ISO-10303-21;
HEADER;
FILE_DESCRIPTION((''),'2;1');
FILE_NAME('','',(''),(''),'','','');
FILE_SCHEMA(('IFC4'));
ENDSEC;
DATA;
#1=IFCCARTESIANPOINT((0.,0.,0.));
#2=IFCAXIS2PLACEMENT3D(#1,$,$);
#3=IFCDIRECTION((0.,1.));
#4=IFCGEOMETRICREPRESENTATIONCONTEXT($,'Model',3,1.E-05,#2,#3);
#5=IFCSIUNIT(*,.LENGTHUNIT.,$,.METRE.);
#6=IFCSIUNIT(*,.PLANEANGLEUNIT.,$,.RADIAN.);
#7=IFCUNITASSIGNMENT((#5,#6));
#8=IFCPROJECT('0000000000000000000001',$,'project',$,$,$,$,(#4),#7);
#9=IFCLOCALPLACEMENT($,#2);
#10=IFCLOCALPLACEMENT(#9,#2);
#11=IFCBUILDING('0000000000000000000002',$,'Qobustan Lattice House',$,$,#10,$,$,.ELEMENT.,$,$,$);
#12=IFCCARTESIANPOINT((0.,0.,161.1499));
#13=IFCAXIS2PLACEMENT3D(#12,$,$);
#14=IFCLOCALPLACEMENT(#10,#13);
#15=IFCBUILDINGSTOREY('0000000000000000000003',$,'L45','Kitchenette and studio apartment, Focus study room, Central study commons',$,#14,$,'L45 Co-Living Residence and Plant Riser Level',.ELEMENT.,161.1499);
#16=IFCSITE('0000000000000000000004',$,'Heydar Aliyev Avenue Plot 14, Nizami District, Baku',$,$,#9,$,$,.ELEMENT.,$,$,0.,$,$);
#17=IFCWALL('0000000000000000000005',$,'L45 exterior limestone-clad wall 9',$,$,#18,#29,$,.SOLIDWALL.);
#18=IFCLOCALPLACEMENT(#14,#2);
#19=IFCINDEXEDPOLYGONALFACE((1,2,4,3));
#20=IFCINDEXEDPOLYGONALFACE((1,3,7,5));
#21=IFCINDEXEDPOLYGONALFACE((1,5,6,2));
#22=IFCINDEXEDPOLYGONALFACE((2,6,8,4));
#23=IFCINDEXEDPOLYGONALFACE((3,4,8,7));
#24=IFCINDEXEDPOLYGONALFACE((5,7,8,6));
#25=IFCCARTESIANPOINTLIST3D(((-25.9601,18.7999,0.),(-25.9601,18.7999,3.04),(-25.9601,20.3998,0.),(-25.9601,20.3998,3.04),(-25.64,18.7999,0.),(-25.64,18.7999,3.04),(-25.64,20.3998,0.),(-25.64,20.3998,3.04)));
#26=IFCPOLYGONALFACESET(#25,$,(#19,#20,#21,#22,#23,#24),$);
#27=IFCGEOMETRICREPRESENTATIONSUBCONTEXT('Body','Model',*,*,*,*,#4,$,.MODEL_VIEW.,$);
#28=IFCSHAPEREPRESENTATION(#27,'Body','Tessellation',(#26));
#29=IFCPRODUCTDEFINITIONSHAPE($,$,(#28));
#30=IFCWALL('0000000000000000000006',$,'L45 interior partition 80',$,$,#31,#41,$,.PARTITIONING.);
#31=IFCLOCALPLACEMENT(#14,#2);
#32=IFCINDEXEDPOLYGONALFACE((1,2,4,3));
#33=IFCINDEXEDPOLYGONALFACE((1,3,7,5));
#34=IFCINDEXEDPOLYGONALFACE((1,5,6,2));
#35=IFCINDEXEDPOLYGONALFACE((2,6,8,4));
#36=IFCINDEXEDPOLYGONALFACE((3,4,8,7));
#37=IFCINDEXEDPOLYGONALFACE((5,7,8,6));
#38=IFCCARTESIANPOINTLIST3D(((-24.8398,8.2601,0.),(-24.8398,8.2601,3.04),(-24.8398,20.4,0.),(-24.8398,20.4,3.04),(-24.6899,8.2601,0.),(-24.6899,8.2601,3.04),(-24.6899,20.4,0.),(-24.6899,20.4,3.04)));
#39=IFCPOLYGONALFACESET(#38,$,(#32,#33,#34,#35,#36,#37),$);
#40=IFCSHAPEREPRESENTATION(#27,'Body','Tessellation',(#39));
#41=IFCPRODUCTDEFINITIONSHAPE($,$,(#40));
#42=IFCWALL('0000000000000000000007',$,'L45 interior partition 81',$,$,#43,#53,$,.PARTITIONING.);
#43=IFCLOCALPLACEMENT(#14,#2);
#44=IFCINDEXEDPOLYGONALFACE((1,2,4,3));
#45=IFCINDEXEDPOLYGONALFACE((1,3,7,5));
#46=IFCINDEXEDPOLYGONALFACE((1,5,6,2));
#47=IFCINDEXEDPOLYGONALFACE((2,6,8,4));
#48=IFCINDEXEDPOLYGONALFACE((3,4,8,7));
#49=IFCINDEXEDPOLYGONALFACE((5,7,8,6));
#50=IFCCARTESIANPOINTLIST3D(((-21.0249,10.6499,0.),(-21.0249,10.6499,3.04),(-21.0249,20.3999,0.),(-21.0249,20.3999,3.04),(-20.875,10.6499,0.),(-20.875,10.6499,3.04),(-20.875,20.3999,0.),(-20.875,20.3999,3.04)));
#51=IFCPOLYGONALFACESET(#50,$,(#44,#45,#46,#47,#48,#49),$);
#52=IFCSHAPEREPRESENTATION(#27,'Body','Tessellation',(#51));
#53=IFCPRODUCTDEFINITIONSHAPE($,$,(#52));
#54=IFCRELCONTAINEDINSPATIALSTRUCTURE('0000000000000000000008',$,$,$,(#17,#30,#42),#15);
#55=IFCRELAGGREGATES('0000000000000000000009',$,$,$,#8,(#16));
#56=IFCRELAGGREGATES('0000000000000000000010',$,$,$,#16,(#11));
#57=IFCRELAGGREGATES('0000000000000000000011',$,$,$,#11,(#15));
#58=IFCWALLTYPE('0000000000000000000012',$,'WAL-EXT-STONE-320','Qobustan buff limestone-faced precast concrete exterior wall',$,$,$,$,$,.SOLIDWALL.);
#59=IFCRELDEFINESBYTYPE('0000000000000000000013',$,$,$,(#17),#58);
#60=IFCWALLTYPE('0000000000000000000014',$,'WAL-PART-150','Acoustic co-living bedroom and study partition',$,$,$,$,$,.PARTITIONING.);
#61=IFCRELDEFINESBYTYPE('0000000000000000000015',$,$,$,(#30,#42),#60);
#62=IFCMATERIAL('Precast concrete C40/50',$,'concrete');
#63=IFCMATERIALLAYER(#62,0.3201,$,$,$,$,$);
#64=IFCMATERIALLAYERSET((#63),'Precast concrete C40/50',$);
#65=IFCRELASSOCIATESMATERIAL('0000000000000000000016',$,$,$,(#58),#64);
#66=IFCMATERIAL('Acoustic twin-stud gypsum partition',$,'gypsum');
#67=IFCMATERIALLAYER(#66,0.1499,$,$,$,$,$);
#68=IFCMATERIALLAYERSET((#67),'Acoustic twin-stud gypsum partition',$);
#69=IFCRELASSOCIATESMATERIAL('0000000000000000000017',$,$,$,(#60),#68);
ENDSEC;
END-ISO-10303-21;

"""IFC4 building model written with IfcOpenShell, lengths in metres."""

from ifc_helpers import new_model, si_unit, direction, frame, frame_2d, origin, place, context, subcontext, project, spatial, rectangle, extrude, material, layer, layer_set, type_object, element, save


model = new_model("IFC4")

# Units and contexts
model_context = context("Model", 3, precision=1e-05, world=origin(), true_north=direction((0.0, 1.0)))
body_context = subcontext(model_context, "Body", "Model", "MODEL_VIEW")
ifc_project = project(units=[si_unit("LENGTHUNIT", "METRE"), si_unit("PLANEANGLEUNIT", "RADIAN")], contexts=[model_context])

# Site, building, storey
site_placement = place(None, origin())
site = spatial("IfcSite", under=ifc_project, at=site_placement, Name="Heydar Aliyev Avenue Plot 14, Nizami District, Baku", CompositionType="ELEMENT", RefElevation=0.0)
building_placement = place(site_placement, origin())
building = spatial("IfcBuilding", under=site, at=building_placement, Name="Qobustan Lattice House", CompositionType="ELEMENT")
storey_placement = place(building_placement, frame((0.0, 0.0, 161.1499)))
storey = spatial("IfcBuildingStorey", under=building, at=storey_placement, Name="L45", Description="Kitchenette and studio apartment, Focus study room, Central study commons", LongName="L45 Co-Living Residence and Plant Riser Level", CompositionType="ELEMENT", Elevation=161.1499)

# Wall
ifc_material_1 = material(Name="Precast concrete C40/50", Category="concrete")
ifc_layer_1 = layer(ifc_material_1, 0.3201)
ifc_layer_set_1 = layer_set([ifc_layer_1], Name="Precast concrete C40/50")
wall_type_1 = type_object("IfcWallType", Name="WAL-EXT-STONE-320", Description="Qobustan buff limestone-faced precast concrete exterior wall", PredefinedType="SOLIDWALL", material=ifc_layer_set_1)
wall_1_placement = place(storey_placement, frame((-25.8, 18.8, 0.0), z_axis=(0.0, 0.0, 1.0), x_axis=(0.0, 1.0, 0.0)))
element("IfcWall", 1, at=wall_1_placement, inside=storey, type_object=wall_type_1, Name="L45 exterior limestone-clad wall 9", PredefinedType="SOLIDWALL", context=body_context, shape_type="SweptSolid", body=[
    extrude(rectangle(XDim=1.5999, YDim=0.3201, at=frame_2d((0.7998, 0.0))), origin(), (0.0, 0.0, 1.0), 3.04),
])

# Walls
ifc_material_2 = material(Name="Acoustic twin-stud gypsum partition", Category="gypsum")
ifc_layer_2 = layer(ifc_material_2, 0.1499)
ifc_layer_set_2 = layer_set([ifc_layer_2], Name="Acoustic twin-stud gypsum partition")
wall_type_2 = type_object("IfcWallType", Name="WAL-PART-150", Description="Acoustic co-living bedroom and study partition", PredefinedType="PARTITIONING", material=ifc_layer_set_2)
wall_2_placement = place(storey_placement, frame((-24.7649, 20.3999, 0.0), z_axis=(0.0, 0.0, 1.0), x_axis=(0.0, -1.0, 0.0)))
element("IfcWall", 2, at=wall_2_placement, inside=storey, type_object=wall_type_2, Name="L45 interior partition 80", PredefinedType="PARTITIONING", context=body_context, shape_type="SweptSolid", body=[
    extrude(rectangle(XDim=12.1399, YDim=0.1499, at=frame_2d((6.0698, 0.0))), origin(), (0.0, 0.0, 1.0), 3.04),
])
wall_3_placement = place(storey_placement, frame((-20.95, 20.3999, 0.0), z_axis=(0.0, 0.0, 1.0), x_axis=(0.0, -1.0, 0.0)))
element("IfcWall", 3, at=wall_3_placement, inside=storey, type_object=wall_type_2, Name="L45 interior partition 81", PredefinedType="PARTITIONING", context=body_context, shape_type="SweptSolid", body=[
    extrude(rectangle(XDim=9.75, YDim=0.1499, at=frame_2d((4.875, 0.0))), origin(), (0.0, 0.0, 1.0), 3.04),
])

save(model, "model.ifc")
